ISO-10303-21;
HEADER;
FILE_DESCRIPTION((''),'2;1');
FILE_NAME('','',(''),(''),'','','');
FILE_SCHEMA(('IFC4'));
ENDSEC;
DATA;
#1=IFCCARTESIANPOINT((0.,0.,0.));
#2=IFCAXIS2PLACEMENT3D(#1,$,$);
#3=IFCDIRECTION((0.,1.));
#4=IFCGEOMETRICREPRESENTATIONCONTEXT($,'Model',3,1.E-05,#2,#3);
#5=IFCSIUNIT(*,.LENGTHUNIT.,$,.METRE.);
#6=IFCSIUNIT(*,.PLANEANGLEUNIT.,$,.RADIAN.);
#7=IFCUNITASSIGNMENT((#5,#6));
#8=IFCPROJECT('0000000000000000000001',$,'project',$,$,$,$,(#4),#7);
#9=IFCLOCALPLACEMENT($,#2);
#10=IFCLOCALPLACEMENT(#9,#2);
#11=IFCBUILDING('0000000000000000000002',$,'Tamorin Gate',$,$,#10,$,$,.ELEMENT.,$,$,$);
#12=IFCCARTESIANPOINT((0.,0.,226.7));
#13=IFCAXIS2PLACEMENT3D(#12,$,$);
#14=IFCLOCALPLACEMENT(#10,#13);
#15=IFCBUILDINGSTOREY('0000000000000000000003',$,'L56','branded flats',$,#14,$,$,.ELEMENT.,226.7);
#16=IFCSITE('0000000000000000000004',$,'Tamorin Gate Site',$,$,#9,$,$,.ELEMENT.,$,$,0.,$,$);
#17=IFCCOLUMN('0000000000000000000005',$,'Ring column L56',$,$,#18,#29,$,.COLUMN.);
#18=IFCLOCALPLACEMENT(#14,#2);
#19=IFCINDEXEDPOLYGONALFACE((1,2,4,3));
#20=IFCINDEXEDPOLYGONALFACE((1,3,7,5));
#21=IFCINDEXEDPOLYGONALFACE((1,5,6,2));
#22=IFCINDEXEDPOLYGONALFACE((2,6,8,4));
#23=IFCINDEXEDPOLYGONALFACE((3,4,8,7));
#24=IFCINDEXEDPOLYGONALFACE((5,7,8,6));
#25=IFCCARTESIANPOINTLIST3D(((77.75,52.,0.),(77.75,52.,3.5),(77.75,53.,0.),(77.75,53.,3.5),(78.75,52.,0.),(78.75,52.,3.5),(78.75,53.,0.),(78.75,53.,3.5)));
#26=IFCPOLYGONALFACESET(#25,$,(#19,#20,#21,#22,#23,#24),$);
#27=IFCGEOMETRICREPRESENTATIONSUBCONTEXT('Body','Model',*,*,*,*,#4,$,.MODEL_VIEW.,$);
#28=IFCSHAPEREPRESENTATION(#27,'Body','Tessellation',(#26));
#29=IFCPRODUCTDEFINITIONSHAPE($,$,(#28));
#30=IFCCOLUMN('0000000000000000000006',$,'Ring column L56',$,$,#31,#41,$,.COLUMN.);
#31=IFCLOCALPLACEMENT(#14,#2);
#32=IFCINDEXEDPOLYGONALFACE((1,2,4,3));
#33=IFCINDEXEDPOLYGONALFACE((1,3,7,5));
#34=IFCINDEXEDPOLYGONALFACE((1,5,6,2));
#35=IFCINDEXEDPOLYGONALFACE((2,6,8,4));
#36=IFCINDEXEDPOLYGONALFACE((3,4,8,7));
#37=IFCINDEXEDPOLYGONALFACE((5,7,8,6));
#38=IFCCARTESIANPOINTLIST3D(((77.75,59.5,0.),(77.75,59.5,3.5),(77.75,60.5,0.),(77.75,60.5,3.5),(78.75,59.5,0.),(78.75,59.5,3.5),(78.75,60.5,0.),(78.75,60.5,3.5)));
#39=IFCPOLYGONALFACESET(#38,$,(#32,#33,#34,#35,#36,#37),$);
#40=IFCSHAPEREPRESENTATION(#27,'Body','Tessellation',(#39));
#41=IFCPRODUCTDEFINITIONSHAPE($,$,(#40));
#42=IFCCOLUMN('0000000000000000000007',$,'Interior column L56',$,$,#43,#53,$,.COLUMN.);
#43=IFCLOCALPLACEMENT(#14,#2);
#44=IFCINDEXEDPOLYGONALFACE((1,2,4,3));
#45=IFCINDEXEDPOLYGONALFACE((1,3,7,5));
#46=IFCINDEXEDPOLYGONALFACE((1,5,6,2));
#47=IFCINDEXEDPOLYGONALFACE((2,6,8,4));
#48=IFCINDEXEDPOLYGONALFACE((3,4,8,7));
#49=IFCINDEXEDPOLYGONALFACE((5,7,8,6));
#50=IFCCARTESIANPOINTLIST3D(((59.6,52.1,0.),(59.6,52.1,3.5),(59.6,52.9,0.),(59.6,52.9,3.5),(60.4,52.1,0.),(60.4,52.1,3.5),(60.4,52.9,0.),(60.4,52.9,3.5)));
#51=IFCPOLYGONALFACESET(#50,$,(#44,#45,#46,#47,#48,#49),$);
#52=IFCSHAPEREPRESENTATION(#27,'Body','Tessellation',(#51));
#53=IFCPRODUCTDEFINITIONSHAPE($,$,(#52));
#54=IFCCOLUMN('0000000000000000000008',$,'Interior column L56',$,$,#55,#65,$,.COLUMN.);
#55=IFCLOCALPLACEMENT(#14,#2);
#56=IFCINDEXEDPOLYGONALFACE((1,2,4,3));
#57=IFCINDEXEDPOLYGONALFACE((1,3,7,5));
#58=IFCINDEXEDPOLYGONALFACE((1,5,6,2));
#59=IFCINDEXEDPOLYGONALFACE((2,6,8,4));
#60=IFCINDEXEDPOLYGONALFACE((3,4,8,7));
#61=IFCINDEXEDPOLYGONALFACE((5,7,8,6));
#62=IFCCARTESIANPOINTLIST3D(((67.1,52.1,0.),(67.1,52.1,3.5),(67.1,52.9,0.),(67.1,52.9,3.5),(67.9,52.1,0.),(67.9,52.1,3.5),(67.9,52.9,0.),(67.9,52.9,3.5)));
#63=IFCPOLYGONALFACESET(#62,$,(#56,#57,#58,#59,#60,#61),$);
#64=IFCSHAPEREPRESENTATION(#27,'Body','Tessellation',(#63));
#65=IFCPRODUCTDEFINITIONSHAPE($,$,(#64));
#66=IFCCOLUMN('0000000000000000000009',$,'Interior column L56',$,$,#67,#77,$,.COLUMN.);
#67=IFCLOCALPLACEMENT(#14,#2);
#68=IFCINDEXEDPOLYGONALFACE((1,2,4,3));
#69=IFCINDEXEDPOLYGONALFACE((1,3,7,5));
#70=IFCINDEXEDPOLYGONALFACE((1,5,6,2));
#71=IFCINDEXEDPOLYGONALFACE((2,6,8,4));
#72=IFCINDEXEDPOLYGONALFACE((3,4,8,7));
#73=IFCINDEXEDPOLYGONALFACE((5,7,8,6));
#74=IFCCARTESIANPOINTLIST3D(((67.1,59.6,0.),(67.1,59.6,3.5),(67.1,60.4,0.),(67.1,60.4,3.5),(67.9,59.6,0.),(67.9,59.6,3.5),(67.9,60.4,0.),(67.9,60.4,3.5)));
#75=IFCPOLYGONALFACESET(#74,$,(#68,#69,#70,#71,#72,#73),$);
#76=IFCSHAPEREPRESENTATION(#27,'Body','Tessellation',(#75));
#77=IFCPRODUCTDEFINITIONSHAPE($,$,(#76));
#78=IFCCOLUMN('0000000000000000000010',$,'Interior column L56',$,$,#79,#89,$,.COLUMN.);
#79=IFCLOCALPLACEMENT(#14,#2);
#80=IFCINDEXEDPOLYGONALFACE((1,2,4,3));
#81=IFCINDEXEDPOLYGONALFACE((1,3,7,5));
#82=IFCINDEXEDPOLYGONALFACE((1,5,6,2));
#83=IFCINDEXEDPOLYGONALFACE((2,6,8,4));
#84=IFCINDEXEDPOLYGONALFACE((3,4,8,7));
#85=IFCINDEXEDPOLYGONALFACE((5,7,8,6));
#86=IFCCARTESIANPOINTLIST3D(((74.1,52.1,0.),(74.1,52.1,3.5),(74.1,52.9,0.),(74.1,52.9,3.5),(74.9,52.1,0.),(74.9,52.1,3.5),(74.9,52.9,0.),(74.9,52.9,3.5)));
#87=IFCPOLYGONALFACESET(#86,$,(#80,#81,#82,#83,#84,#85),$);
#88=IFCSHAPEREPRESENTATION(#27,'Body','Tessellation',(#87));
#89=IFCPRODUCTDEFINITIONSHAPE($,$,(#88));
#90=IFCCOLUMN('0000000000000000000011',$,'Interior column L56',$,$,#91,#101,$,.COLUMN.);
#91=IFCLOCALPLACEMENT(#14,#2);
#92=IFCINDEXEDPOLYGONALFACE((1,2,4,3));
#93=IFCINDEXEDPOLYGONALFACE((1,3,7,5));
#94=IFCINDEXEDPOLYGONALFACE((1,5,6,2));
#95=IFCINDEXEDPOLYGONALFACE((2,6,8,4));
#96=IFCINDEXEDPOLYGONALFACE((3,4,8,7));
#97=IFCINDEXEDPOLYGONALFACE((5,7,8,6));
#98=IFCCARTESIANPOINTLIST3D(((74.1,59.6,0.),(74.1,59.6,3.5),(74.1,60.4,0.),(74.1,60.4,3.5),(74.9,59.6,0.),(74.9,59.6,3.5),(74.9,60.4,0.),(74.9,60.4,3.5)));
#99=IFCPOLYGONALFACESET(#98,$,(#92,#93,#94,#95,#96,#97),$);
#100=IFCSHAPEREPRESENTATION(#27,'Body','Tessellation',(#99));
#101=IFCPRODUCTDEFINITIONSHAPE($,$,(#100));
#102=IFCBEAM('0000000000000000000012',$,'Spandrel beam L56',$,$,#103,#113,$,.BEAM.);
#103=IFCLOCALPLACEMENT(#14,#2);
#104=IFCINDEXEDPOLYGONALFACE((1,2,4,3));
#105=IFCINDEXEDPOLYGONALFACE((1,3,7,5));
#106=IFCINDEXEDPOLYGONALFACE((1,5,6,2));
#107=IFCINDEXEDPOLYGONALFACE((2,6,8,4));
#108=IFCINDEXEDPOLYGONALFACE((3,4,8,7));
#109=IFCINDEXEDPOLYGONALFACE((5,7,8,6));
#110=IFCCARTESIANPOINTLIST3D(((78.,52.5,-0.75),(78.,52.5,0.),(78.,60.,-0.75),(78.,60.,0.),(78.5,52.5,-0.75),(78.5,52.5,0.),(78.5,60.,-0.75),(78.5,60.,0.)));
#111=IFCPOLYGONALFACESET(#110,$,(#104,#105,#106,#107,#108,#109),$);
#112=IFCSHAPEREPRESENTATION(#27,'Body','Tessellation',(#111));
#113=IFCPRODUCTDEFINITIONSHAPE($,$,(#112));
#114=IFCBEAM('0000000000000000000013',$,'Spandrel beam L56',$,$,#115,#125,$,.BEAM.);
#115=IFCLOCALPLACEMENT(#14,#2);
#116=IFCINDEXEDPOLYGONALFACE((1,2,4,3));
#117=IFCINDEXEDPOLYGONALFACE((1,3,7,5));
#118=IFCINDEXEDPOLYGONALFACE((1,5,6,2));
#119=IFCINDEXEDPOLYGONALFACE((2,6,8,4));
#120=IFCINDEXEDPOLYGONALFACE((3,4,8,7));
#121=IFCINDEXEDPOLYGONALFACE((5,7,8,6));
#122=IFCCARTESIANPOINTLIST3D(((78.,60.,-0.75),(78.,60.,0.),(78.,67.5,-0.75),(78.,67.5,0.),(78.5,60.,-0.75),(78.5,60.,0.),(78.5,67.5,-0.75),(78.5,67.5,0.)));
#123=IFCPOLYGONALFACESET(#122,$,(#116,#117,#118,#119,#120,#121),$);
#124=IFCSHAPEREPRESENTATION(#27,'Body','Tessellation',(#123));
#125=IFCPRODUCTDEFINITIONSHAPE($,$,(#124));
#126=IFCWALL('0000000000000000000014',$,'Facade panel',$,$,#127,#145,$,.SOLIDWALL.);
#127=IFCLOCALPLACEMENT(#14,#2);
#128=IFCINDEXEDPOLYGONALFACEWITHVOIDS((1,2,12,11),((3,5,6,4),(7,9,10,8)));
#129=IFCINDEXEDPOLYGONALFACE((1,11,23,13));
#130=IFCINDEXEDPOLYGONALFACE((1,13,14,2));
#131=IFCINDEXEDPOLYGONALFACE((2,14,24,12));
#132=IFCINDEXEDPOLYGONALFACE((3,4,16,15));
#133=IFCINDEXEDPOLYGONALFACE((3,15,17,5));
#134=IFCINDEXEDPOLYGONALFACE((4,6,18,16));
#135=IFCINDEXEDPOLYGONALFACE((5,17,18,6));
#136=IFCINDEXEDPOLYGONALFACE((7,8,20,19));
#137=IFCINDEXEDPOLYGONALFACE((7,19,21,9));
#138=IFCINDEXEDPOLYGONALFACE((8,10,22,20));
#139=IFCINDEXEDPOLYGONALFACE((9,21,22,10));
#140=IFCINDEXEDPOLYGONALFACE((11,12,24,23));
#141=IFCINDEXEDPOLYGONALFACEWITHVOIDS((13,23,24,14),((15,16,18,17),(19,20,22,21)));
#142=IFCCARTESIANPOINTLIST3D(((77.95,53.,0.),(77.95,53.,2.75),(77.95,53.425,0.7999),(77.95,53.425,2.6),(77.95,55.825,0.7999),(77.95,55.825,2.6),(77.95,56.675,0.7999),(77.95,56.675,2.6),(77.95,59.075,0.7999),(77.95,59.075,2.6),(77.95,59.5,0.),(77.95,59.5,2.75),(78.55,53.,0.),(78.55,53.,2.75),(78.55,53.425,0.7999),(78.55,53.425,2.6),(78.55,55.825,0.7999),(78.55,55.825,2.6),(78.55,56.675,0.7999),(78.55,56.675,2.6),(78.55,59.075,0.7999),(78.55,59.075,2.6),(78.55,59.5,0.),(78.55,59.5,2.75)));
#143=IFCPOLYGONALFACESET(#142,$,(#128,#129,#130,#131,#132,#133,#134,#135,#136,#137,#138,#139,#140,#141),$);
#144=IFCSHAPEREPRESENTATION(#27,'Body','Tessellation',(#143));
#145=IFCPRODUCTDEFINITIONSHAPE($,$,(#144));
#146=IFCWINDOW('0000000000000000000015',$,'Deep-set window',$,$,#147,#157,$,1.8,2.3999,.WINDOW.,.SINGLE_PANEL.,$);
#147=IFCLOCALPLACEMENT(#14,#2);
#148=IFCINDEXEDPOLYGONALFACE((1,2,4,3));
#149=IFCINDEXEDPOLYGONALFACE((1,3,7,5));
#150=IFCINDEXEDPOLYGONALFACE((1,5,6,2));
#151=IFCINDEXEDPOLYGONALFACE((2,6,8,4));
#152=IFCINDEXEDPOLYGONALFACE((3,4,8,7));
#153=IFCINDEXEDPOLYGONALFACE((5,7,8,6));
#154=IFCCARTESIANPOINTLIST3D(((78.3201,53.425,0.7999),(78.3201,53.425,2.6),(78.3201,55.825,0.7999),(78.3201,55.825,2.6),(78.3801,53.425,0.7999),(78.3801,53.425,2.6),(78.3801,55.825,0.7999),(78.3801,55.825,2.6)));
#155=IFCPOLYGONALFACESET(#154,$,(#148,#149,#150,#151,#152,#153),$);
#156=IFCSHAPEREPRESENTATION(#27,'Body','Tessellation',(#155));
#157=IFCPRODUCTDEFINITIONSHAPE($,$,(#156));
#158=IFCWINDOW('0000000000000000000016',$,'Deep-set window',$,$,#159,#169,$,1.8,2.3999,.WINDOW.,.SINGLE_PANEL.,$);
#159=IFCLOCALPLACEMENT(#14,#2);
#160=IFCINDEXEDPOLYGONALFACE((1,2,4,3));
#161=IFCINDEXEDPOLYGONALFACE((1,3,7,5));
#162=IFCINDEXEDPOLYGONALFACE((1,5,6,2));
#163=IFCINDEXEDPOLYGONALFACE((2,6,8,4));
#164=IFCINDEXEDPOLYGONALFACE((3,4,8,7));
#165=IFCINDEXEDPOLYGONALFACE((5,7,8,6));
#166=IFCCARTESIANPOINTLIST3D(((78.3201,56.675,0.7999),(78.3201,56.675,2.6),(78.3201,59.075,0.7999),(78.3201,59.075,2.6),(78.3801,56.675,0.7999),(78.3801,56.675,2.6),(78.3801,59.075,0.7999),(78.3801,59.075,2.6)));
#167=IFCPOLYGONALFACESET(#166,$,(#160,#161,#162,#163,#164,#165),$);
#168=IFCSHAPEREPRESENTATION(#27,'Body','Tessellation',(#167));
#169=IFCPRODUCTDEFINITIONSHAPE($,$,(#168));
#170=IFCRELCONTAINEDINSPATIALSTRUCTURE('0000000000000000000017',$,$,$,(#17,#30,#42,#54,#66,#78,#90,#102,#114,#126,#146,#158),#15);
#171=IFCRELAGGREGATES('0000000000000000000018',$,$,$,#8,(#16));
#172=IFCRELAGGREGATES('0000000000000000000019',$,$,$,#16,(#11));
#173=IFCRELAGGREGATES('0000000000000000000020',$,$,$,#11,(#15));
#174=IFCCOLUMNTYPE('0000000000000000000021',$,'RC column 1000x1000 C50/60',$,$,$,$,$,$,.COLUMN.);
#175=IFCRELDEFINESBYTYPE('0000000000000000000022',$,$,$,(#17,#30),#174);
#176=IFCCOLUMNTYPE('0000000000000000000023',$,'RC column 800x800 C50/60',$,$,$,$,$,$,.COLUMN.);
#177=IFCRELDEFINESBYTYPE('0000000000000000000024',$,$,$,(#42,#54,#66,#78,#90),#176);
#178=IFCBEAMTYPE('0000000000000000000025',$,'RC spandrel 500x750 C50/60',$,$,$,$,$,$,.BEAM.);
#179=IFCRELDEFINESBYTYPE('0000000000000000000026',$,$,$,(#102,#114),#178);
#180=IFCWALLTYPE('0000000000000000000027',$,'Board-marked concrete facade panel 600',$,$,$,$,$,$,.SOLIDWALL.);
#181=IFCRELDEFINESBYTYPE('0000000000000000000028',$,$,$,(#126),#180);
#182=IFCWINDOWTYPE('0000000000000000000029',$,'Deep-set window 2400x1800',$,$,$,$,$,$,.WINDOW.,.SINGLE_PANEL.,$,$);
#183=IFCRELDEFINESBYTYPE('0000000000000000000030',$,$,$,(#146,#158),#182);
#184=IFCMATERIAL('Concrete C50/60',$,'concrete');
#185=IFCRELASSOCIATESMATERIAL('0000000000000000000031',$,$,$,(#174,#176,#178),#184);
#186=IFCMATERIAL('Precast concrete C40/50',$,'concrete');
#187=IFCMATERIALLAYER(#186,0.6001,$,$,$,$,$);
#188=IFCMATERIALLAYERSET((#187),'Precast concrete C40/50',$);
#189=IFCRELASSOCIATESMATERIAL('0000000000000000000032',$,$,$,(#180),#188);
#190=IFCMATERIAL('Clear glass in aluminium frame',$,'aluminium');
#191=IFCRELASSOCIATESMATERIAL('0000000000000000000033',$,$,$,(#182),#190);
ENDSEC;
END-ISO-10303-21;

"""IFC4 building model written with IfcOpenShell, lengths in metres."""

from ifc_helpers import new_model, si_unit, direction, frame, frame_2d, origin, origin_2d, place, context, subcontext, project, spatial, rectangle, extrude, material, layer, layer_set, material_profile, profile_set, type_object, element, fill, save


model = new_model("IFC4")

# Units and contexts
model_context = context("Model", 3, precision=1e-05, world=origin(), true_north=direction((0.0, 1.0)))
body_context = subcontext(model_context, "Body", "Model", "MODEL_VIEW")
ifc_project = project(units=[si_unit("LENGTHUNIT", "METRE"), si_unit("PLANEANGLEUNIT", "RADIAN")], contexts=[model_context])

# Site, building, storey
site_placement = place(None, origin())
site = spatial("IfcSite", under=ifc_project, at=site_placement, Name="Tamorin Gate Site", CompositionType="ELEMENT", RefElevation=0.0)
building_placement = place(site_placement, origin())
building = spatial("IfcBuilding", under=site, at=building_placement, Name="Tamorin Gate", CompositionType="ELEMENT")
storey_placement = place(building_placement, frame((0.0, 0.0, 226.7)))
storey = spatial("IfcBuildingStorey", under=building, at=storey_placement, Name="L56", Description="branded flats", CompositionType="ELEMENT", Elevation=226.7)

# Columns
ifc_material_1 = material(Name="Concrete C50/60", Category="concrete")
ifc_material_profile_1 = material_profile(ifc_material_1, rectangle(XDim=1.0, YDim=1.0, at=origin_2d()), Name="RC 1000x1000")
ifc_profile_set_1 = profile_set([ifc_material_profile_1], Name="Concrete C50/60")
column_type_1 = type_object("IfcColumnType", Name="RC column 1000x1000 C50/60", PredefinedType="COLUMN", material=ifc_profile_set_1)
for number, where, z_axis, x_axis, name in (
    (1, (78.25, 52.5, 0.0), (0.0, 0.0, 1.0), (1.0, 0.0, 0.0), "Ring column L56"),
    (2, (78.25, 60.0, 0.0), (0.0, 0.0, 1.0), (1.0, 0.0, 0.0), "Ring column L56"),
):
    element("IfcColumn", number, at=place(storey_placement, frame(where, z_axis=z_axis, x_axis=x_axis)), inside=storey, type_object=column_type_1, Name=name, PredefinedType="COLUMN", context=body_context, shape_type="SweptSolid", body=[
        extrude(rectangle(XDim=1.0, YDim=1.0, at=origin_2d()), origin(), (0.0, 0.0, 1.0), 3.5),
    ])
ifc_material_profile_2 = material_profile(ifc_material_1, rectangle(XDim=0.8, YDim=0.8, at=origin_2d()), Name="RC 800x800")
ifc_profile_set_2 = profile_set([ifc_material_profile_2], Name="Concrete C50/60")
column_type_2 = type_object("IfcColumnType", Name="RC column 800x800 C50/60", PredefinedType="COLUMN", material=ifc_profile_set_2)
for number, where, z_axis, x_axis, name in (
    (3, (60.0, 52.5, 0.0), (0.0, 0.0, 1.0), (1.0, 0.0, 0.0), "Interior column L56"),
    (4, (67.5, 52.5, 0.0), (0.0, 0.0, 1.0), (1.0, 0.0, 0.0), "Interior column L56"),
    (5, (67.5, 60.0, 0.0), (0.0, 0.0, 1.0), (1.0, 0.0, 0.0), "Interior column L56"),
    (6, (74.5, 52.5, 0.0), (0.0, 0.0, 1.0), (1.0, 0.0, 0.0), "Interior column L56"),
    (7, (74.5, 60.0, 0.0), (0.0, 0.0, 1.0), (1.0, 0.0, 0.0), "Interior column L56"),
):
    element("IfcColumn", number, at=place(storey_placement, frame(where, z_axis=z_axis, x_axis=x_axis)), inside=storey, type_object=column_type_2, Name=name, PredefinedType="COLUMN", context=body_context, shape_type="SweptSolid", body=[
        extrude(rectangle(XDim=0.8, YDim=0.8, at=origin_2d()), origin(), (0.0, 0.0, 1.0), 3.5),
    ])

# Beams
ifc_material_profile_3 = material_profile(ifc_material_1, rectangle(XDim=0.5, YDim=0.75, at=origin_2d()), Name="RC 500x750")
ifc_profile_set_3 = profile_set([ifc_material_profile_3], Name="Concrete C50/60")
beam_type = type_object("IfcBeamType", Name="RC spandrel 500x750 C50/60", PredefinedType="BEAM", material=ifc_profile_set_3)
for number, where, z_axis, x_axis, name in (
    (8, (78.25, 52.5, -0.375), (0.0, 1.0, 0.0), (-1.0, 0.0, 0.0), "Spandrel beam L56"),
    (9, (78.25, 60.0, -0.375), (0.0, 1.0, 0.0), (-1.0, 0.0, 0.0), "Spandrel beam L56"),
):
    element("IfcBeam", number, at=place(storey_placement, frame(where, z_axis=z_axis, x_axis=x_axis)), inside=storey, type_object=beam_type, Name=name, PredefinedType="BEAM", context=body_context, shape_type="SweptSolid", body=[
        extrude(rectangle(XDim=0.5, YDim=0.75, at=origin_2d()), origin(), (0.0, 0.0, 1.0), 7.5),
    ])

# Wall, openings, windows
ifc_material_2 = material(Name="Precast concrete C40/50", Category="concrete")
ifc_layer_1 = layer(ifc_material_2, 0.6001)
ifc_layer_set_1 = layer_set([ifc_layer_1], Name="Precast concrete C40/50")
wall_type_1 = type_object("IfcWallType", Name="Board-marked concrete facade panel 600", PredefinedType="SOLIDWALL", material=ifc_layer_set_1)
wall_1_placement = place(storey_placement, frame((78.25, 53.0, 0.0), z_axis=(0.0, 0.0, 1.0), x_axis=(0.0, 1.0, 0.0)))
wall_1 = element("IfcWall", 10, at=wall_1_placement, inside=storey, type_object=wall_type_1, Name="Facade panel", PredefinedType="SOLIDWALL", context=body_context, shape_type="SweptSolid", body=[
    extrude(rectangle(XDim=6.5, YDim=0.6001, at=frame_2d((3.25, 0.0))), origin(), (0.0, 0.0, 1.0), 2.75),
])
opening_1_placement = place(wall_1_placement, frame((0.425, 0.0, 0.8)))
opening_1 = element("IfcOpeningElement", 11, at=opening_1_placement, cuts=wall_1, PredefinedType="OPENING", context=body_context, shape_type="SweptSolid", body=[
    extrude(rectangle(XDim=2.3999, YDim=1.8, at=frame_2d((1.2, 0.8999))), frame((0.0, 0.3101, 0.0), z_axis=(0.0, -1.0, 0.0), x_axis=(1.0, 0.0, 0.0)), (0.0, 0.0, 1.0), 0.6201),
])
opening_2_placement = place(wall_1_placement, frame((3.675, 0.0, 0.8)))
opening_2 = element("IfcOpeningElement", 12, at=opening_2_placement, cuts=wall_1, PredefinedType="OPENING", context=body_context, shape_type="SweptSolid", body=[
    extrude(rectangle(XDim=2.3999, YDim=1.8, at=frame_2d((1.2, 0.8999))), frame((0.0, 0.3101, 0.0), z_axis=(0.0, -1.0, 0.0), x_axis=(1.0, 0.0, 0.0)), (0.0, 0.0, 1.0), 0.6201),
])
ifc_material_3 = material(Name="Clear glass in aluminium frame", Category="aluminium")
window_type = type_object("IfcWindowType", Name="Deep-set window 2400x1800", PartitioningType="SINGLE_PANEL", PredefinedType="WINDOW", material=ifc_material_3)
window_1_placement = place(opening_1_placement, origin())
window_1 = element("IfcWindow", 13, at=window_1_placement, inside=storey, type_object=window_type, Name="Deep-set window", OverallHeight=1.8, OverallWidth=2.3999, PartitioningType="SINGLE_PANEL", PredefinedType="WINDOW", context=body_context, shape_type="SweptSolid", body=[
    extrude(rectangle(XDim=2.3999, YDim=1.8, at=frame_2d((1.2, 0.8999))), frame((0.0, -0.0701, 0.0), z_axis=(0.0, -1.0, 0.0), x_axis=(1.0, 0.0, 0.0)), (0.0, 0.0, 1.0), 0.0601),
])
fill(opening_1, window_1)
window_2_placement = place(opening_2_placement, origin())
window_2 = element("IfcWindow", 14, at=window_2_placement, inside=storey, type_object=window_type, Name="Deep-set window", OverallHeight=1.8, OverallWidth=2.3999, PartitioningType="SINGLE_PANEL", PredefinedType="WINDOW", context=body_context, shape_type="SweptSolid", body=[
    extrude(rectangle(XDim=2.3999, YDim=1.8, at=frame_2d((1.2, 0.8999))), frame((0.0, -0.0701, 0.0), z_axis=(0.0, -1.0, 0.0), x_axis=(1.0, 0.0, 0.0)), (0.0, 0.0, 1.0), 0.0601),
])
fill(opening_2, window_2)

save(model, "model.ifc")
